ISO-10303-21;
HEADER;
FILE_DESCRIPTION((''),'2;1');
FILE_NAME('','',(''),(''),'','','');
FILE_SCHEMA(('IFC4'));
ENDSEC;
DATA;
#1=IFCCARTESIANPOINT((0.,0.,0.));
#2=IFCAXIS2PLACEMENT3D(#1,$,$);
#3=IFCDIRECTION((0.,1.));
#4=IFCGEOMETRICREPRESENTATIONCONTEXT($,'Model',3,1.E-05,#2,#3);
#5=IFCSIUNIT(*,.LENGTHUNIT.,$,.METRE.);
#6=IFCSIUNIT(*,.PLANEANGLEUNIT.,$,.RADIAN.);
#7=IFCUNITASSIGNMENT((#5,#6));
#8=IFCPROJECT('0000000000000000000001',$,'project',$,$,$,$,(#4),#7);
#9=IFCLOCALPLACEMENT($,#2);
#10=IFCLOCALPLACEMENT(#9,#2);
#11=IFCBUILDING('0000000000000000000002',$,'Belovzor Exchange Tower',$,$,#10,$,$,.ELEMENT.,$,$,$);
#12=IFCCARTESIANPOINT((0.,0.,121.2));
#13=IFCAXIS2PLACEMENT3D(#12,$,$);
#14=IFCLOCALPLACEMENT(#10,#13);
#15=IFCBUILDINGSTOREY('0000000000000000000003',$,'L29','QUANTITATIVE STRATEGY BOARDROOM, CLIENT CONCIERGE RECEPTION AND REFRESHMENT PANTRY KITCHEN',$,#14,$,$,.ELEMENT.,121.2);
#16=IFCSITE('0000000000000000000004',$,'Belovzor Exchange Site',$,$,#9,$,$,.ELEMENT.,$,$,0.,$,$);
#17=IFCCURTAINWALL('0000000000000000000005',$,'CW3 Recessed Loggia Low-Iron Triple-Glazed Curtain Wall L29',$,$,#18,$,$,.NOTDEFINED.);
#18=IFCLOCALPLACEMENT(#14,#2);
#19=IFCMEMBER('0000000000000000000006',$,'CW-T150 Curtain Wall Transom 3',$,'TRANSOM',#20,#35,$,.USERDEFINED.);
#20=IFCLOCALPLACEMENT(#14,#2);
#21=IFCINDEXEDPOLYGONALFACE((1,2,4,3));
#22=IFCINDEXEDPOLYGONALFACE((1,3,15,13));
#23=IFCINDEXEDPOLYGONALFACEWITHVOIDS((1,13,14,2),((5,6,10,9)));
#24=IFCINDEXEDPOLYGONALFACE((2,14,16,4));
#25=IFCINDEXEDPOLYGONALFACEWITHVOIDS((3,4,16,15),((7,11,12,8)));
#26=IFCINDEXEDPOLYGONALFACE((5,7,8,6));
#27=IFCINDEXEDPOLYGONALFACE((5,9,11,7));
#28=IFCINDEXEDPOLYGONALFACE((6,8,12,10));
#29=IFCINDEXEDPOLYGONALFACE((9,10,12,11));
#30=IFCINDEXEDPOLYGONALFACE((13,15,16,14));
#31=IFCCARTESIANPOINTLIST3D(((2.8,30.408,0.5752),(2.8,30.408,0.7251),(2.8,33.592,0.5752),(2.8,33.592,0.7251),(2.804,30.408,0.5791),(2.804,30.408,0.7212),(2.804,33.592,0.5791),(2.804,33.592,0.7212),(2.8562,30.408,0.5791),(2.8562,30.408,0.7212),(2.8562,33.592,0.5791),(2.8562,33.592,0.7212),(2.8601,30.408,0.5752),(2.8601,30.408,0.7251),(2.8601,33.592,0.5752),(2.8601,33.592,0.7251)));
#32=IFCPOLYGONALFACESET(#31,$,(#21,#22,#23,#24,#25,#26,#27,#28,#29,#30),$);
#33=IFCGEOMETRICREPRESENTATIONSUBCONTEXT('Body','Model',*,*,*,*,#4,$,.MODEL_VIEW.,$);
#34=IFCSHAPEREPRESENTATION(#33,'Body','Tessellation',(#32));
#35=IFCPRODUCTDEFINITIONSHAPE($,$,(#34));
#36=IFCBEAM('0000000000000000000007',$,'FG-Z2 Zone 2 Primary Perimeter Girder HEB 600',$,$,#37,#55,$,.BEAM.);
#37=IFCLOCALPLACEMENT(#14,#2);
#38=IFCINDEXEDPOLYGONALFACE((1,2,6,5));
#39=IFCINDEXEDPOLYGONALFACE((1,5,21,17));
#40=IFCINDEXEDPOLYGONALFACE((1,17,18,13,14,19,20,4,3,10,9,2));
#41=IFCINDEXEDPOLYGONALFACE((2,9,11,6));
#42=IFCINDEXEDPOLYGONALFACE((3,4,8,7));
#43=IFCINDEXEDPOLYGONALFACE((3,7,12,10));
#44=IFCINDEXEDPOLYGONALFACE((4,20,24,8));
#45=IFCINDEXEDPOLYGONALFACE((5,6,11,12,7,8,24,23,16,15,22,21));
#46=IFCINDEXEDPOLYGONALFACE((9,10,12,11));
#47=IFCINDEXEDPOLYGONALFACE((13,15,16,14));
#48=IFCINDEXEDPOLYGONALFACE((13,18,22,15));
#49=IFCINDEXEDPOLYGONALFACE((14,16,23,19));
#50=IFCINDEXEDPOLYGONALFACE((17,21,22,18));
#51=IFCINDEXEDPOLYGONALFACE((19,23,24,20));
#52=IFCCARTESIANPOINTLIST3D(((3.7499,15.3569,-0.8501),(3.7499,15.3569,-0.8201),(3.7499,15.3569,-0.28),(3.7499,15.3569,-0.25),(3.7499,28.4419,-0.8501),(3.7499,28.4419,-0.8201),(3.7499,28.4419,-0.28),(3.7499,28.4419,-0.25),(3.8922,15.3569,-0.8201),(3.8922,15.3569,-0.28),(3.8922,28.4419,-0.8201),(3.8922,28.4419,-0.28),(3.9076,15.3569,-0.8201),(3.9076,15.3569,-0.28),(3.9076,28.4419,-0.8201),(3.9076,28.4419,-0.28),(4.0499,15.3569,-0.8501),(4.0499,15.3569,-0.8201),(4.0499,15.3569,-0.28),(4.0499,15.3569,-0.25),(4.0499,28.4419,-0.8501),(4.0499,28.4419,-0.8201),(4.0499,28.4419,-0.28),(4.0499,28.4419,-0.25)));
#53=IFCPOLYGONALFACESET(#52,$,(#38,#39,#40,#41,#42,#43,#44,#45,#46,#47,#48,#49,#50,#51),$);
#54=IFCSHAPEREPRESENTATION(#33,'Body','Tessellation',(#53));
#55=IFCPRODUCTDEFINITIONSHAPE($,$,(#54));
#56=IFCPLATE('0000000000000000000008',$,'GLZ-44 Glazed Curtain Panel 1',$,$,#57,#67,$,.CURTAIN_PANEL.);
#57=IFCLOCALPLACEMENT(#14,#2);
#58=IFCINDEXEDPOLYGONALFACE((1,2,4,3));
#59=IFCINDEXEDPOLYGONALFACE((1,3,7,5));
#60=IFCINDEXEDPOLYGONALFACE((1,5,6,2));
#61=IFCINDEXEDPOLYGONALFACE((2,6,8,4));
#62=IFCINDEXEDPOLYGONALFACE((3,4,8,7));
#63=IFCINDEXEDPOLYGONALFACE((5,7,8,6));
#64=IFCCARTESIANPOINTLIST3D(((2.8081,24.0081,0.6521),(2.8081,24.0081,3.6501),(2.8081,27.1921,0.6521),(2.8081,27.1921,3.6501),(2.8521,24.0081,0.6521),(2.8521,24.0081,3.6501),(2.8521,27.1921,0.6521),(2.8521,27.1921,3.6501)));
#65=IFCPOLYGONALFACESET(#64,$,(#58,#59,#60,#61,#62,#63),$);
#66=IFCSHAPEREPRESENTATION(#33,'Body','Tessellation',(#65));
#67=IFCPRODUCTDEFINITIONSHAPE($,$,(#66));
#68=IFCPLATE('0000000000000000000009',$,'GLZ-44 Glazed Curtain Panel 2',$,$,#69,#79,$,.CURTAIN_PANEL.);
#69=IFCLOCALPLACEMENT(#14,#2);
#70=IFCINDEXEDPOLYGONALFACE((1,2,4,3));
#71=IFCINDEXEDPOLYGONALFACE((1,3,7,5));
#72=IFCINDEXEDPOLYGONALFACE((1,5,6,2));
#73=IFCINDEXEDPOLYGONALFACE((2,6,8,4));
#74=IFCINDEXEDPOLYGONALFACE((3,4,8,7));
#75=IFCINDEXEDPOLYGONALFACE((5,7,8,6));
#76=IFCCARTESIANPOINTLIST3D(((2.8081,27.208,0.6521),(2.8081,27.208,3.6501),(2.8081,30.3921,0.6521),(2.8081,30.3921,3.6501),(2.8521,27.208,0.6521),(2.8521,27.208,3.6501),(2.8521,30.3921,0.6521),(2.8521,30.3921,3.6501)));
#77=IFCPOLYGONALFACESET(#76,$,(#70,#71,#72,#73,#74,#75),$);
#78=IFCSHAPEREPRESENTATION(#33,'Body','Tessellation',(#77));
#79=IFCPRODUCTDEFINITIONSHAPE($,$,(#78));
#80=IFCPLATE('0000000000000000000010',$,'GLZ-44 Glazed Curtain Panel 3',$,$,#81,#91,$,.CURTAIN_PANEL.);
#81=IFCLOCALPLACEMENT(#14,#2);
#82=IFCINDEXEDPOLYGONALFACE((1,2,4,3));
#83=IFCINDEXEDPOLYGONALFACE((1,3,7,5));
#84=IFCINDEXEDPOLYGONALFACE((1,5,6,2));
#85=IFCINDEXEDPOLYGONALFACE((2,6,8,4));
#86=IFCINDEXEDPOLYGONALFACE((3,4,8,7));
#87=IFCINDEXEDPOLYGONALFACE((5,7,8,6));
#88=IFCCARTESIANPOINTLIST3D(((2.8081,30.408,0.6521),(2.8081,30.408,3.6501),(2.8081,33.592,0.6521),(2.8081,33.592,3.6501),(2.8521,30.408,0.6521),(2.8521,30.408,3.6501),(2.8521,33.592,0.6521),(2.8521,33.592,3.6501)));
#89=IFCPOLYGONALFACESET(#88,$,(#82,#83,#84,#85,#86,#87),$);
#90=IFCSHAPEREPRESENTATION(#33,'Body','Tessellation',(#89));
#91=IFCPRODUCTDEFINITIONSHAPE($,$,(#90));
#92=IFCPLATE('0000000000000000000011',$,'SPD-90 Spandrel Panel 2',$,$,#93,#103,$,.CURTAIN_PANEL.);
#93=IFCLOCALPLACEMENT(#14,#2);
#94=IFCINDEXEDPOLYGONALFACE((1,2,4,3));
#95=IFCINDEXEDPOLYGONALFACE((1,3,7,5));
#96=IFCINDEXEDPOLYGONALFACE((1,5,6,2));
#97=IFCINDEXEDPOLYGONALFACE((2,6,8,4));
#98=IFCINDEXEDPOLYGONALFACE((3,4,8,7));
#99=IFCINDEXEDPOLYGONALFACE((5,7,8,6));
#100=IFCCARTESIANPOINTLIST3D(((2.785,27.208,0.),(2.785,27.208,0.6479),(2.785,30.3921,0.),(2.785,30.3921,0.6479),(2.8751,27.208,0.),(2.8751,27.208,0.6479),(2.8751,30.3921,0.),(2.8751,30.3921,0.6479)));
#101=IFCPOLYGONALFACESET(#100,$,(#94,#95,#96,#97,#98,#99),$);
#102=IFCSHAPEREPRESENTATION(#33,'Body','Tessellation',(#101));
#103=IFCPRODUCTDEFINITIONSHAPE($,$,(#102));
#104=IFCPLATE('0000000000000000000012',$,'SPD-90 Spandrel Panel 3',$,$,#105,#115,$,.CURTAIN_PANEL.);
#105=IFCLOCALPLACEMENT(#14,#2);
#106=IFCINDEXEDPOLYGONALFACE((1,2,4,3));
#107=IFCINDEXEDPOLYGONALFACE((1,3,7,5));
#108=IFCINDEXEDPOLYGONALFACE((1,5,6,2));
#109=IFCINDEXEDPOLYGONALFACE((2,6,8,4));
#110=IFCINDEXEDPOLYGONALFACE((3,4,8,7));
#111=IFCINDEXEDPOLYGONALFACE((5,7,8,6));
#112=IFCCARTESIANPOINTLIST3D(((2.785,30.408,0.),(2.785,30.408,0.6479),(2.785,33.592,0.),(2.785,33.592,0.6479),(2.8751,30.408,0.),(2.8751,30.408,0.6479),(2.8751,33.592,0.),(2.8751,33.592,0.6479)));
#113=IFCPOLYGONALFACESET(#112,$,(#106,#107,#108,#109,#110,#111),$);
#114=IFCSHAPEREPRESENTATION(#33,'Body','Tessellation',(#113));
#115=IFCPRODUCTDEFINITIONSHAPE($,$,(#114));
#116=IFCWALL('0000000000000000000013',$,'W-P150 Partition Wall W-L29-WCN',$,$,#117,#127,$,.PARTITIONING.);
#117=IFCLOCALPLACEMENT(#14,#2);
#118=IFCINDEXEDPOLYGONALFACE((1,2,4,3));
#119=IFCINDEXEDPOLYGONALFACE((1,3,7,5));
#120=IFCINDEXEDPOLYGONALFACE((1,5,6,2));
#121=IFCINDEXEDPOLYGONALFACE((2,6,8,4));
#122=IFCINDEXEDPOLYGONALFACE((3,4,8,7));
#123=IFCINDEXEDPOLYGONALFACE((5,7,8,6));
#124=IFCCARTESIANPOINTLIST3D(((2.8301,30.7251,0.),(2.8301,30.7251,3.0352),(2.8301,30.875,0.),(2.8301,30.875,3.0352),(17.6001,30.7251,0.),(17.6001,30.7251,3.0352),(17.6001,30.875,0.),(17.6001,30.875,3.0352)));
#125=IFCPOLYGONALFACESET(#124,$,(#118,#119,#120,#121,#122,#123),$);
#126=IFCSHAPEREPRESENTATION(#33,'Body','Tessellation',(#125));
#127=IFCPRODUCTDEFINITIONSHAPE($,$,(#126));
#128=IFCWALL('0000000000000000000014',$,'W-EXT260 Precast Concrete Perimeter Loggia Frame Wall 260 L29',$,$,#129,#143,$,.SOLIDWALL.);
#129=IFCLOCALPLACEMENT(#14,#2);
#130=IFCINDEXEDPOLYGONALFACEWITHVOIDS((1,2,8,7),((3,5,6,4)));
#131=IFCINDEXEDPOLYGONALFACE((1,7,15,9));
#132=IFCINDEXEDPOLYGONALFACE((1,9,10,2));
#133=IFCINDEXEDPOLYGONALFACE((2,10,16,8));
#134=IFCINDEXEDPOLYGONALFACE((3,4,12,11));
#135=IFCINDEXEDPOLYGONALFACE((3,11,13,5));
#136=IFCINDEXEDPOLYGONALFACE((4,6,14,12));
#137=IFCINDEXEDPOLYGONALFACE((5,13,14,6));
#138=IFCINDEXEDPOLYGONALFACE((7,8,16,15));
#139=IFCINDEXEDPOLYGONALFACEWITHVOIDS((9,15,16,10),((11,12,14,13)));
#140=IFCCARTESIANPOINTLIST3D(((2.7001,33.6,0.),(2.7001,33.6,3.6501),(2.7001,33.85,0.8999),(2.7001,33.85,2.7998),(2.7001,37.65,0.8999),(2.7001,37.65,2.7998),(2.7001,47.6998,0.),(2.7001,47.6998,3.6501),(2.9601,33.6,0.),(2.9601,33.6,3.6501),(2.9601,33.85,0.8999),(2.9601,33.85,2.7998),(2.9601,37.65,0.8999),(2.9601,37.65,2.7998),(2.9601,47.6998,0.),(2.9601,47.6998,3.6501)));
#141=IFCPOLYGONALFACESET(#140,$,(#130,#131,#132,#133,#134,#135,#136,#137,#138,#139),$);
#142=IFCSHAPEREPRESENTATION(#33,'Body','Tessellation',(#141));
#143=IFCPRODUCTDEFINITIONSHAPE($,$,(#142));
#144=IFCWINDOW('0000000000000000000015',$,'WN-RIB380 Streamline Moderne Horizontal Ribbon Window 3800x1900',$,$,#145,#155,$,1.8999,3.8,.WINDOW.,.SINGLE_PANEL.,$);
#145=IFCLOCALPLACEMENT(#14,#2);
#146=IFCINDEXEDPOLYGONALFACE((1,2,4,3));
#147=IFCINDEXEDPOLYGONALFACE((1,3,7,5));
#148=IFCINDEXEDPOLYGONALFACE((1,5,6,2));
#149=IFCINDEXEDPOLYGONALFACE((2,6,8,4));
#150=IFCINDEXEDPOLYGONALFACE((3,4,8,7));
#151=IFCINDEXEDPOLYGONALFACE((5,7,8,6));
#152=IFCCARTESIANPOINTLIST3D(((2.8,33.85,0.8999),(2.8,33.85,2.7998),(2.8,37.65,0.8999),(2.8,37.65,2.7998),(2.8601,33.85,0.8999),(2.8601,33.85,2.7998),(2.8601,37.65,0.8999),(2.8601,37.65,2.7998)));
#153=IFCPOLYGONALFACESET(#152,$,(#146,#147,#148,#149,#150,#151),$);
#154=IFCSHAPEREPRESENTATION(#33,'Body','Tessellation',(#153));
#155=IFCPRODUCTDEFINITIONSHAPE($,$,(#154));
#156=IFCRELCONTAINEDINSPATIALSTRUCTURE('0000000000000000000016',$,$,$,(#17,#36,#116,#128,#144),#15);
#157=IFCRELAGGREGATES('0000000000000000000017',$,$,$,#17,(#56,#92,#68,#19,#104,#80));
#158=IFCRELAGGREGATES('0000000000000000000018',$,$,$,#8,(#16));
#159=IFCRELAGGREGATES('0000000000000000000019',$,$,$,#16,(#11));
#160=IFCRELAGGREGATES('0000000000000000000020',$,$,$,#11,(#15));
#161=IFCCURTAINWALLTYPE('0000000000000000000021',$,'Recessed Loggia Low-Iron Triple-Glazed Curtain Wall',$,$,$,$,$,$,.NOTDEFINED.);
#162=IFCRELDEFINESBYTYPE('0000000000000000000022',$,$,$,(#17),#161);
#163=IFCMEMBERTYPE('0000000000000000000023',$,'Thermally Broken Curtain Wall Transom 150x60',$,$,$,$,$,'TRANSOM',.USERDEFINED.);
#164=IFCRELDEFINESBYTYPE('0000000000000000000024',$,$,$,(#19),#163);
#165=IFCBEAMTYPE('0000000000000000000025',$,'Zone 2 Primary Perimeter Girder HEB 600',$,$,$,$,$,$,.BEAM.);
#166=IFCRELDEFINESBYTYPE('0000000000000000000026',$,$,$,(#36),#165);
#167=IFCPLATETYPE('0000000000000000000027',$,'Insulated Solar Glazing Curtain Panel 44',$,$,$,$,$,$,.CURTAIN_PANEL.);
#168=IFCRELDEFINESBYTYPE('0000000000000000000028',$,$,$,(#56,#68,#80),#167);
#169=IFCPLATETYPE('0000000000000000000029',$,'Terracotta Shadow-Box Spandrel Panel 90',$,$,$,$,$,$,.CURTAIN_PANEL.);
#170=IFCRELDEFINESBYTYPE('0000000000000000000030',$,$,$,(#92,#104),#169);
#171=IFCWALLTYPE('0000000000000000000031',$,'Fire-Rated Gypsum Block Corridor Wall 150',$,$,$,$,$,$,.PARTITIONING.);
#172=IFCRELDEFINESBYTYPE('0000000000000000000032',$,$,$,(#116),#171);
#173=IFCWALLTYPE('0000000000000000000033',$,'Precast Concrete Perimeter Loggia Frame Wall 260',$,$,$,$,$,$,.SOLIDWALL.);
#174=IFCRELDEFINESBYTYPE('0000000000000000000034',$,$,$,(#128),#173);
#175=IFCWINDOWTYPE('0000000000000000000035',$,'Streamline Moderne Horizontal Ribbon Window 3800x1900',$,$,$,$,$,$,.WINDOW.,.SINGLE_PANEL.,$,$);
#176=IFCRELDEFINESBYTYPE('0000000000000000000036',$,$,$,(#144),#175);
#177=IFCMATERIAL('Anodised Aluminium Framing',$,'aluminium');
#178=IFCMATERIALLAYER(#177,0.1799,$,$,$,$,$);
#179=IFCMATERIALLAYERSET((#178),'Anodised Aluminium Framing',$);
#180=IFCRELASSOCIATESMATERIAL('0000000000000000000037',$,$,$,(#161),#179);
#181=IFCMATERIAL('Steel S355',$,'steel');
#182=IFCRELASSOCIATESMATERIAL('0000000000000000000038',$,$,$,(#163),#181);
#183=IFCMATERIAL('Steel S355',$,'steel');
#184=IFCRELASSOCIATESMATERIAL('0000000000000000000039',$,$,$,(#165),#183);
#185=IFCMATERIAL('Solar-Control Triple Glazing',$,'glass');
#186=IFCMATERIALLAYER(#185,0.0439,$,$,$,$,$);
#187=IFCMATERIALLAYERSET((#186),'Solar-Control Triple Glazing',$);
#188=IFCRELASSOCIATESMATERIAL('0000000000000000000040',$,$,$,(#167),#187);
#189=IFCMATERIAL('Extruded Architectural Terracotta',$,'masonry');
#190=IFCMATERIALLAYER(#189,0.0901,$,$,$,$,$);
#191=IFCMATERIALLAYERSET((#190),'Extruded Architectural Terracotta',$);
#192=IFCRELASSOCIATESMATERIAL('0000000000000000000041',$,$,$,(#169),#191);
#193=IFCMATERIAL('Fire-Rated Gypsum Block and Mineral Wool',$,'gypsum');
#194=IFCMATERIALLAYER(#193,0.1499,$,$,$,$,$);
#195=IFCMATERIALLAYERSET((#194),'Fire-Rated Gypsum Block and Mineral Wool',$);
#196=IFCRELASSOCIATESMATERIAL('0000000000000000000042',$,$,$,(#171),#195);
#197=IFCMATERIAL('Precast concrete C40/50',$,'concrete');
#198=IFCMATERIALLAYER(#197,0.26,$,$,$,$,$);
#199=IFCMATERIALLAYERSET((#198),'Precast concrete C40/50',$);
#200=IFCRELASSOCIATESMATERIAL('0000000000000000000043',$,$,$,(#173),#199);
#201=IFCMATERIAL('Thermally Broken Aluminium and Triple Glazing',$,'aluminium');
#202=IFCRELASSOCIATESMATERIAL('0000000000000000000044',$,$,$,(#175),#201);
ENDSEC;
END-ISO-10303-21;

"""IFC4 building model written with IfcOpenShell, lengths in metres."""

from ifc_helpers import new_model, si_unit, direction, frame, frame_2d, origin, origin_2d, place, context, subcontext, project, spatial, rectangle, hollow_rectangle, i_section, extrude, material, layer, layer_set, material_profile, profile_set, type_object, element, fill, aggregate, save


model = new_model("IFC4")

# Units and contexts
model_context = context("Model", 3, precision=1e-05, world=origin(), true_north=direction((0.0, 1.0)))
body_context = subcontext(model_context, "Body", "Model", "MODEL_VIEW")
ifc_project = project(units=[si_unit("LENGTHUNIT", "METRE"), si_unit("PLANEANGLEUNIT", "RADIAN")], contexts=[model_context])

# Site, building, storey
site_placement = place(None, origin())
site = spatial("IfcSite", under=ifc_project, at=site_placement, Name="Belovzor Exchange Site", CompositionType="ELEMENT", RefElevation=0.0)
building_placement = place(site_placement, origin())
building = spatial("IfcBuilding", under=site, at=building_placement, Name="Belovzor Exchange Tower", CompositionType="ELEMENT")
storey_placement = place(building_placement, frame((0.0, 0.0, 121.2)))
storey = spatial("IfcBuildingStorey", under=building, at=storey_placement, Name="L29", Description="QUANTITATIVE STRATEGY BOARDROOM, CLIENT CONCIERGE RECEPTION AND REFRESHMENT PANTRY KITCHEN", CompositionType="ELEMENT", Elevation=121.2)

# Curtain wall, member
ifc_material_1 = material(Name="Anodised Aluminium Framing", Category="aluminium")
ifc_layer_1 = layer(ifc_material_1, 0.1799)
ifc_layer_set_1 = layer_set([ifc_layer_1], Name="Anodised Aluminium Framing")
curtain_wall_type = type_object("IfcCurtainWallType", Name="Recessed Loggia Low-Iron Triple-Glazed Curtain Wall", PredefinedType="NOTDEFINED", material=ifc_layer_set_1)
curtain_wall_placement = place(storey_placement, origin())
curtain_wall = element("IfcCurtainWall", 1, at=curtain_wall_placement, inside=storey, type_object=curtain_wall_type, Name="CW3 Recessed Loggia Low-Iron Triple-Glazed Curtain Wall L29", PredefinedType="NOTDEFINED")
ifc_material_2 = material(Name="Steel S355", Category="steel")
ifc_material_profile_1 = material_profile(ifc_material_2, hollow_rectangle(XDim=0.0601, YDim=0.1499, WallThickness=0.0039, at=origin_2d()))
ifc_profile_set_1 = profile_set([ifc_material_profile_1], Name="Steel S355")
member_type_1 = type_object("IfcMemberType", Name="Thermally Broken Curtain Wall Transom 150x60", ElementType="TRANSOM", PredefinedType="USERDEFINED", material=ifc_profile_set_1)
member_1_placement = place(storey_placement, frame((2.8301, 30.408, 0.6501), z_axis=(0.0, 1.0, 0.0), x_axis=(-1.0, 0.0, 0.0)))
member_1 = element("IfcMember", 2, at=member_1_placement, type_object=member_type_1, Name="CW-T150 Curtain Wall Transom 3", ObjectType="TRANSOM", PredefinedType="USERDEFINED", context=body_context, shape_type="SweptSolid", body=[
    extrude(hollow_rectangle(XDim=0.0601, YDim=0.1499, WallThickness=0.0039, at=origin_2d()), origin(), (0.0, 0.0, 1.0), 3.1841),
])

# Beam
ifc_material_3 = material(Name="Steel S355", Category="steel")
ifc_material_profile_2 = material_profile(ifc_material_3, i_section(OverallWidth=0.3, OverallDepth=0.6001, WebThickness=0.0154, FlangeThickness=0.03, at=origin_2d()))
ifc_profile_set_2 = profile_set([ifc_material_profile_2], Name="Steel S355")
beam_type_1 = type_object("IfcBeamType", Name="Zone 2 Primary Perimeter Girder HEB 600", PredefinedType="BEAM", material=ifc_profile_set_2)
beam_1_placement = place(storey_placement, frame((3.8999, 28.4419, -0.55), z_axis=(0.0, -1.0, 0.0), x_axis=(1.0, 0.0, 0.0)))
element("IfcBeam", 3, at=beam_1_placement, inside=storey, type_object=beam_type_1, Name="FG-Z2 Zone 2 Primary Perimeter Girder HEB 600", PredefinedType="BEAM", context=body_context, shape_type="SweptSolid", body=[
    extrude(i_section(OverallWidth=0.3, OverallDepth=0.6001, WebThickness=0.0154, FlangeThickness=0.03, at=origin_2d()), origin(), (0.0, 0.0, 1.0), 13.085),
])

# Plates
ifc_material_4 = material(Name="Solar-Control Triple Glazing", Category="glass")
ifc_layer_2 = layer(ifc_material_4, 0.0439)
ifc_layer_set_2 = layer_set([ifc_layer_2], Name="Solar-Control Triple Glazing")
plate_type_1 = type_object("IfcPlateType", Name="Insulated Solar Glazing Curtain Panel 44", PredefinedType="CURTAIN_PANEL", material=ifc_layer_set_2)
plate_1_placement = place(storey_placement, frame((2.8301, 25.6001, 0.6521), z_axis=(0.0, 0.0, 1.0), x_axis=(0.0, 1.0, 0.0)))
plate_1 = element("IfcPlate", 4, at=plate_1_placement, type_object=plate_type_1, Name="GLZ-44 Glazed Curtain Panel 1", PredefinedType="CURTAIN_PANEL", context=body_context, shape_type="SweptSolid", body=[
    extrude(rectangle(XDim=3.1841, YDim=0.0439, at=origin_2d()), origin(), (0.0, 0.0, 1.0), 2.998),
])
plate_2_placement = place(storey_placement, frame((2.8301, 28.8, 0.6521), z_axis=(0.0, 0.0, 1.0), x_axis=(0.0, 1.0, 0.0)))
plate_2 = element("IfcPlate", 5, at=plate_2_placement, type_object=plate_type_1, Name="GLZ-44 Glazed Curtain Panel 2", PredefinedType="CURTAIN_PANEL", context=body_context, shape_type="SweptSolid", body=[
    extrude(rectangle(XDim=3.1841, YDim=0.0439, at=origin_2d()), origin(), (0.0, 0.0, 1.0), 2.998),
])
plate_3_placement = place(storey_placement, frame((2.8301, 32.0, 0.6521), z_axis=(0.0, 0.0, 1.0), x_axis=(0.0, 1.0, 0.0)))
plate_3 = element("IfcPlate", 6, at=plate_3_placement, type_object=plate_type_1, Name="GLZ-44 Glazed Curtain Panel 3", PredefinedType="CURTAIN_PANEL", context=body_context, shape_type="SweptSolid", body=[
    extrude(rectangle(XDim=3.1841, YDim=0.0439, at=origin_2d()), origin(), (0.0, 0.0, 1.0), 2.998),
])
ifc_material_5 = material(Name="Extruded Architectural Terracotta", Category="masonry")
ifc_layer_3 = layer(ifc_material_5, 0.0901)
ifc_layer_set_3 = layer_set([ifc_layer_3], Name="Extruded Architectural Terracotta")
plate_type_2 = type_object("IfcPlateType", Name="Terracotta Shadow-Box Spandrel Panel 90", PredefinedType="CURTAIN_PANEL", material=ifc_layer_set_3)
plate_4_placement = place(storey_placement, frame((2.8301, 28.8, 0.0), z_axis=(0.0, 0.0, 1.0), x_axis=(0.0, 1.0, 0.0)))
plate_4 = element("IfcPlate", 7, at=plate_4_placement, type_object=plate_type_2, Name="SPD-90 Spandrel Panel 2", PredefinedType="CURTAIN_PANEL", context=body_context, shape_type="SweptSolid", body=[
    extrude(rectangle(XDim=3.1841, YDim=0.0901, at=origin_2d()), origin(), (0.0, 0.0, 1.0), 0.6479),
])
plate_5_placement = place(storey_placement, frame((2.8301, 32.0, 0.0), z_axis=(0.0, 0.0, 1.0), x_axis=(0.0, 1.0, 0.0)))
plate_5 = element("IfcPlate", 8, at=plate_5_placement, type_object=plate_type_2, Name="SPD-90 Spandrel Panel 3", PredefinedType="CURTAIN_PANEL", context=body_context, shape_type="SweptSolid", body=[
    extrude(rectangle(XDim=3.1841, YDim=0.0901, at=origin_2d()), origin(), (0.0, 0.0, 1.0), 0.6479),
])
aggregate(curtain_wall, [plate_1, plate_4, plate_2, member_1, plate_5, plate_3])

# Wall
ifc_material_6 = material(Name="Fire-Rated Gypsum Block and Mineral Wool", Category="gypsum")
ifc_layer_4 = layer(ifc_material_6, 0.1499)
ifc_layer_set_4 = layer_set([ifc_layer_4], Name="Fire-Rated Gypsum Block and Mineral Wool")
wall_type_1 = type_object("IfcWallType", Name="Fire-Rated Gypsum Block Corridor Wall 150", PredefinedType="PARTITIONING", material=ifc_layer_set_4)
wall_1_placement = place(storey_placement, frame((2.8301, 30.8, 0.0), z_axis=(0.0, 0.0, 1.0), x_axis=(1.0, 0.0, 0.0)))
element("IfcWall", 9, at=wall_1_placement, inside=storey, type_object=wall_type_1, Name="W-P150 Partition Wall W-L29-WCN", PredefinedType="PARTITIONING", context=body_context, shape_type="SweptSolid", body=[
    extrude(rectangle(XDim=14.77, YDim=0.1499, at=frame_2d((7.385, 0.0))), origin(), (0.0, 0.0, 1.0), 3.0352),
])

# Wall, opening, window
ifc_material_7 = material(Name="Precast concrete C40/50", Category="concrete")
ifc_layer_5 = layer(ifc_material_7, 0.26)
ifc_layer_set_5 = layer_set([ifc_layer_5], Name="Precast concrete C40/50")
wall_type_2 = type_object("IfcWallType", Name="Precast Concrete Perimeter Loggia Frame Wall 260", PredefinedType="SOLIDWALL", material=ifc_layer_set_5)
wall_2_placement = place(storey_placement, frame((2.8301, 33.6001, 0.0), z_axis=(0.0, 0.0, 1.0), x_axis=(0.0, 1.0, 0.0)))
wall_2 = element("IfcWall", 10, at=wall_2_placement, inside=storey, type_object=wall_type_2, Name="W-EXT260 Precast Concrete Perimeter Loggia Frame Wall 260 L29", PredefinedType="SOLIDWALL", context=body_context, shape_type="SweptSolid", body=[
    extrude(rectangle(XDim=14.0999, YDim=0.26, at=frame_2d((7.0498, 0.0))), origin(), (0.0, 0.0, 1.0), 3.6501),
])
opening_placement = place(wall_2_placement, frame((0.25, 0.0, 0.8999)))
opening = element("IfcOpeningElement", 11, at=opening_placement, cuts=wall_2, PredefinedType="OPENING", context=body_context, shape_type="SweptSolid", body=[
    extrude(rectangle(XDim=3.8, YDim=1.8999, at=frame_2d((1.8999, 0.95))), frame((0.0, 0.1399, 0.0), z_axis=(0.0, -1.0, 0.0), x_axis=(1.0, 0.0, 0.0)), (0.0, 0.0, 1.0), 0.28),
])
ifc_material_8 = material(Name="Thermally Broken Aluminium and Triple Glazing", Category="aluminium")
window_type = type_object("IfcWindowType", Name="Streamline Moderne Horizontal Ribbon Window 3800x1900", PartitioningType="SINGLE_PANEL", PredefinedType="WINDOW", material=ifc_material_8)
window_placement = place(opening_placement, origin())
window = element("IfcWindow", 12, at=window_placement, inside=storey, type_object=window_type, Name="WN-RIB380 Streamline Moderne Horizontal Ribbon Window 3800x1900", OverallHeight=1.8999, OverallWidth=3.8, PartitioningType="SINGLE_PANEL", PredefinedType="WINDOW", context=body_context, shape_type="SweptSolid", body=[
    extrude(rectangle(XDim=3.8, YDim=1.8999, at=frame_2d((1.8999, 0.95))), frame((0.0, 0.03, 0.0), z_axis=(0.0, -1.0, 0.0), x_axis=(1.0, 0.0, 0.0)), (0.0, 0.0, 1.0), 0.0601),
])
fill(opening, window)

save(model, "model.ifc")
